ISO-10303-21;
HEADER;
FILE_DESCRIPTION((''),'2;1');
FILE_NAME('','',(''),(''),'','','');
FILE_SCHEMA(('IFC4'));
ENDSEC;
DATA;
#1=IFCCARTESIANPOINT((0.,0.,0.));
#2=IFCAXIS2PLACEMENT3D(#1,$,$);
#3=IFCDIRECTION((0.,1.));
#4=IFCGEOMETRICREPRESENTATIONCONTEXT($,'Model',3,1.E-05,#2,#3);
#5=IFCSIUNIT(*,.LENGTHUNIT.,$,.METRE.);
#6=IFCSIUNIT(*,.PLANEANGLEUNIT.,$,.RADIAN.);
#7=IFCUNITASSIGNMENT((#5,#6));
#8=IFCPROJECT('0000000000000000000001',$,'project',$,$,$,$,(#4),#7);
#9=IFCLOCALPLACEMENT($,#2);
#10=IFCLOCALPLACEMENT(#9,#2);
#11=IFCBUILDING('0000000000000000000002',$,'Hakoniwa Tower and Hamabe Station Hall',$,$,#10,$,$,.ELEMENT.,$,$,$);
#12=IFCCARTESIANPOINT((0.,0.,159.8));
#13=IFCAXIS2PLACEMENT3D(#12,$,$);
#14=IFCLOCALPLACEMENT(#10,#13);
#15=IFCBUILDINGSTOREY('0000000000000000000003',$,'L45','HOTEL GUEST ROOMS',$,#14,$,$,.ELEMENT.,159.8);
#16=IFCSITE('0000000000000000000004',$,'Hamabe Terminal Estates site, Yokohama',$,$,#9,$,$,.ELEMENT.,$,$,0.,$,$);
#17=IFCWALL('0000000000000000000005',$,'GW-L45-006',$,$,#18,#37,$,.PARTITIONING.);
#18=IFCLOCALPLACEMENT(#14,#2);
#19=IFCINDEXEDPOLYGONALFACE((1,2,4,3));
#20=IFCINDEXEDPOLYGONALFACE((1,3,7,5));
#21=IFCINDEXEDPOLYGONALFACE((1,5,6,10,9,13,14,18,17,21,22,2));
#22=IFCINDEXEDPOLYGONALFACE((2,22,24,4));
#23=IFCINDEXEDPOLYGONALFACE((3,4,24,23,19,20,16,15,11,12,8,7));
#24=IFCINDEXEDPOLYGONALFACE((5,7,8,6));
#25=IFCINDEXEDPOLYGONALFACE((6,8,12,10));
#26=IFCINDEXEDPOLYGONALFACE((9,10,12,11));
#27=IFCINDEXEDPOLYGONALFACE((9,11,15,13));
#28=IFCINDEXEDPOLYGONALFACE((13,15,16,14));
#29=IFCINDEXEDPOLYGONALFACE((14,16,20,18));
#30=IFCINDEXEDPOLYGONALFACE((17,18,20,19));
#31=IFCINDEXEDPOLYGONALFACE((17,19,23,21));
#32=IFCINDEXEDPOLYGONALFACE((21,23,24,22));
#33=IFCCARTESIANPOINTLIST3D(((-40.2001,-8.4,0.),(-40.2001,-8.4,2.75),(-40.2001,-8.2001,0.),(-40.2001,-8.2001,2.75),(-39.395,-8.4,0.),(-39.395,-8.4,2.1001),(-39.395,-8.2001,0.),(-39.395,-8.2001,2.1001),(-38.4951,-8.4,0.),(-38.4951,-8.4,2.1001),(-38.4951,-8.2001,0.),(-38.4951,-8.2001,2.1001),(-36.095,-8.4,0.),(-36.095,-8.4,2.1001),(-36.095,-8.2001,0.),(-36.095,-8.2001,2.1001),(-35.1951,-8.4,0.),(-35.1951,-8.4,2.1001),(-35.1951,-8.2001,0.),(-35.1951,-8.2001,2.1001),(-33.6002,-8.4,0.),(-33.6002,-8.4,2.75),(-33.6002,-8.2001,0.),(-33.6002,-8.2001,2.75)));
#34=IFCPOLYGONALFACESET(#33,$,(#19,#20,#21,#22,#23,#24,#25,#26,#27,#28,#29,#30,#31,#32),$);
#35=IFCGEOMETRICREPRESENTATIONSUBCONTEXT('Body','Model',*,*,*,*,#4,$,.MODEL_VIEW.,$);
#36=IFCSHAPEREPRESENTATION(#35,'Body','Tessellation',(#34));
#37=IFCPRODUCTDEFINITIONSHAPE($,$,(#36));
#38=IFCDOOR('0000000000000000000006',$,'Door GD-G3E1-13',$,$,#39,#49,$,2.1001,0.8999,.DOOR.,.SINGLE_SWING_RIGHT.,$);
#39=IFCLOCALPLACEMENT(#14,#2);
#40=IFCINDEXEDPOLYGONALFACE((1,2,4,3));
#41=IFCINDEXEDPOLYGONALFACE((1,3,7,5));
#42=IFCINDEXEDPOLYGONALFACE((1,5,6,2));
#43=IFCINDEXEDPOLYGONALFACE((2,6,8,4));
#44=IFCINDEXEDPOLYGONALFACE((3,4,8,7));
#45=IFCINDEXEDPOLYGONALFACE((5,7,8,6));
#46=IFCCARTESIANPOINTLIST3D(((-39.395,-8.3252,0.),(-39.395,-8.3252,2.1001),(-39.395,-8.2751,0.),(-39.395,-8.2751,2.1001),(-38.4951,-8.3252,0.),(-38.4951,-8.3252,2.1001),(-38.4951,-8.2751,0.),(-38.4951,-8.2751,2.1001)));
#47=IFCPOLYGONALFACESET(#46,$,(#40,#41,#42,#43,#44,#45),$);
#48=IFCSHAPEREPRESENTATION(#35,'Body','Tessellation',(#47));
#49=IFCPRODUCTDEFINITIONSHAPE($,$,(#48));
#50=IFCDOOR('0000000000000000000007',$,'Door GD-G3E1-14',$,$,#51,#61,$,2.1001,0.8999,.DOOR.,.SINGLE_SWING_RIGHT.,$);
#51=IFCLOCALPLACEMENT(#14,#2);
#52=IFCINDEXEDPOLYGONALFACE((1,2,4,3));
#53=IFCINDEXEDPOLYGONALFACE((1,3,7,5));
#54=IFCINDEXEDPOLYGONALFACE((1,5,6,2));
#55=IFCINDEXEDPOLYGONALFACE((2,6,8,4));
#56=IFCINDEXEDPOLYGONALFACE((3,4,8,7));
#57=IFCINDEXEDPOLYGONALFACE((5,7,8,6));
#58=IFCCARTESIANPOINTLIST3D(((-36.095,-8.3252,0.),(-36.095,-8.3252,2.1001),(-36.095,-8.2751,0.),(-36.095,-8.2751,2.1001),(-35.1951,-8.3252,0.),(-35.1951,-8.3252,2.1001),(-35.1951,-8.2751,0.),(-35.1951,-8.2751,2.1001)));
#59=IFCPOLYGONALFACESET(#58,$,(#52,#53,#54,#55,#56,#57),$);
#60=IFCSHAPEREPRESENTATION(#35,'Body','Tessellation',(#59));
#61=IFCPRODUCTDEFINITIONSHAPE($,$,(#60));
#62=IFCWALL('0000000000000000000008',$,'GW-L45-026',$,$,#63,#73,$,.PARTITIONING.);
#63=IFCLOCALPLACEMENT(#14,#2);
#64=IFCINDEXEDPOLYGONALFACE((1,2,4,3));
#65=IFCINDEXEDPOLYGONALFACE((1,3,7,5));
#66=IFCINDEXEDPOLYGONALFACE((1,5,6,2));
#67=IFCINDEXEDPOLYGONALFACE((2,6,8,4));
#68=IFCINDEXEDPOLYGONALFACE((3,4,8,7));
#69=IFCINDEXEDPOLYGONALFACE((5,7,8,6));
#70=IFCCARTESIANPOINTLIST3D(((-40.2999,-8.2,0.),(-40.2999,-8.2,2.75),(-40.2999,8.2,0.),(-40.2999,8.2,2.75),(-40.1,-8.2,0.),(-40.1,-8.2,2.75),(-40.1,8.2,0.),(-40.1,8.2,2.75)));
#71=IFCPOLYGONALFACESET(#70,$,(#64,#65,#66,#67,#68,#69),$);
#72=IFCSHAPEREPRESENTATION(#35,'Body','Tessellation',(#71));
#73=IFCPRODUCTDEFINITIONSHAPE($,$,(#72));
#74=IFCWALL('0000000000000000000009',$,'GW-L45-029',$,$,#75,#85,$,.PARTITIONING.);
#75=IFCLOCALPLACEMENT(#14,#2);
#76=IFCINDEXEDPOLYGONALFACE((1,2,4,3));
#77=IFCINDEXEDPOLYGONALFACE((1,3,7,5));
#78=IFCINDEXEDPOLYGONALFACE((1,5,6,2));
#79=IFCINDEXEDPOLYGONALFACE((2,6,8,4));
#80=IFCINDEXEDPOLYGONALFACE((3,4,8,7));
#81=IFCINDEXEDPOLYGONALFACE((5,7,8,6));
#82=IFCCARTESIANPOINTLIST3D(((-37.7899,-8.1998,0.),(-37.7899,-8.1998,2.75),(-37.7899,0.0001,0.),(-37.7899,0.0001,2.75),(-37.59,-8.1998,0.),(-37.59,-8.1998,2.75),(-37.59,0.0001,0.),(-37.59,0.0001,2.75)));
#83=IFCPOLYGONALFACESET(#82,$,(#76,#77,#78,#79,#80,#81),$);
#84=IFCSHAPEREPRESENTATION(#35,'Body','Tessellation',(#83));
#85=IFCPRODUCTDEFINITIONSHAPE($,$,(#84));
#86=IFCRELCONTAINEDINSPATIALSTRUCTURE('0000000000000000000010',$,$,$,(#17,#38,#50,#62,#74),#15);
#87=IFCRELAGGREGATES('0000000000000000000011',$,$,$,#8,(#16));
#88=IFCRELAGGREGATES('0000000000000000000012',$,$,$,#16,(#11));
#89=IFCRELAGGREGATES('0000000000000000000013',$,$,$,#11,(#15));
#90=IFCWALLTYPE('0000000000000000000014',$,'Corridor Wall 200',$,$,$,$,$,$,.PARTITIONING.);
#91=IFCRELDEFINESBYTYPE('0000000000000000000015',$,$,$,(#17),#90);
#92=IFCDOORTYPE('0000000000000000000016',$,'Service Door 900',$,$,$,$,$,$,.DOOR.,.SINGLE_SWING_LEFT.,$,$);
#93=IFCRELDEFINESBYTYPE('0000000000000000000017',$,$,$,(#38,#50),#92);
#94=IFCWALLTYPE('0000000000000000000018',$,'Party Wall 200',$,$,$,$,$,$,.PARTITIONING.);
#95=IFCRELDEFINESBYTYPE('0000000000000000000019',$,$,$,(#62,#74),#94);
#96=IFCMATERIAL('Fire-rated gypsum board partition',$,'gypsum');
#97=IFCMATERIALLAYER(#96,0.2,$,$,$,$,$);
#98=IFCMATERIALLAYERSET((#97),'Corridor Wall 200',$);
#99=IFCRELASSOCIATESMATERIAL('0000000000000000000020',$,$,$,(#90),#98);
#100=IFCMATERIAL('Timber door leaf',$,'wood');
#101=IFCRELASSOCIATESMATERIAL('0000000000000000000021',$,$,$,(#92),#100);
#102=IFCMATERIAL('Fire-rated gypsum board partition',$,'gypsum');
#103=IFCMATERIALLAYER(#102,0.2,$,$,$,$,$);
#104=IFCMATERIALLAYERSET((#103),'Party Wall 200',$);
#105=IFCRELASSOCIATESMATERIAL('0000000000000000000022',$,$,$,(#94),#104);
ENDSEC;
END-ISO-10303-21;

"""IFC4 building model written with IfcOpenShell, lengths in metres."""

from ifc_helpers import new_model, si_unit, direction, frame, frame_2d, origin, place, context, subcontext, project, spatial, rectangle, extrude, material, layer, layer_set, type_object, element, fill, save


model = new_model("IFC4")

# Units and contexts
model_context = context("Model", 3, precision=1e-05, world=origin(), true_north=direction((0.0, 1.0)))
body_context = subcontext(model_context, "Body", "Model", "MODEL_VIEW")
ifc_project = project(units=[si_unit("LENGTHUNIT", "METRE"), si_unit("PLANEANGLEUNIT", "RADIAN")], contexts=[model_context])

# Site, building, storey
site_placement = place(None, origin())
site = spatial("IfcSite", under=ifc_project, at=site_placement, Name="Hamabe Terminal Estates site, Yokohama", CompositionType="ELEMENT", RefElevation=0.0)
building_placement = place(site_placement, origin())
building = spatial("IfcBuilding", under=site, at=building_placement, Name="Hakoniwa Tower and Hamabe Station Hall", CompositionType="ELEMENT")
storey_placement = place(building_placement, frame((0.0, 0.0, 159.8)))
storey = spatial("IfcBuildingStorey", under=building, at=storey_placement, Name="L45", Description="HOTEL GUEST ROOMS", CompositionType="ELEMENT", Elevation=159.8)

# Wall, openings, doors
ifc_material_1 = material(Name="Fire-rated gypsum board partition", Category="gypsum")
ifc_layer_1 = layer(ifc_material_1, 0.2)
ifc_layer_set_1 = layer_set([ifc_layer_1], Name="Corridor Wall 200")
wall_type_1 = type_object("IfcWallType", Name="Corridor Wall 200", PredefinedType="PARTITIONING", material=ifc_layer_set_1)
wall_1_placement = place(storey_placement, frame((-40.2, -8.3, 0.0), z_axis=(0.0, 0.0, 1.0), x_axis=(1.0, 0.0, 0.0)))
wall_1 = element("IfcWall", 1, at=wall_1_placement, inside=storey, type_object=wall_type_1, Name="GW-L45-006", PredefinedType="PARTITIONING", context=body_context, shape_type="SweptSolid", body=[
    extrude(rectangle(XDim=6.5999, YDim=0.2, at=frame_2d((3.2998, 0.0))), origin(), (0.0, 0.0, 1.0), 2.75),
])
opening_1_placement = place(wall_1_placement, frame((0.8049, 0.0, 0.0)))
opening_1 = element("IfcOpeningElement", 2, at=opening_1_placement, cuts=wall_1, PredefinedType="OPENING", context=body_context, shape_type="SweptSolid", body=[
    extrude(rectangle(XDim=0.8999, YDim=2.1001, at=frame_2d((0.45, 1.05))), frame((0.0, 0.1099, 0.0), z_axis=(0.0, -1.0, 0.0), x_axis=(1.0, 0.0, 0.0)), (0.0, 0.0, 1.0), 0.22),
])
opening_2_placement = place(wall_1_placement, frame((4.105, 0.0, 0.0)))
opening_2 = element("IfcOpeningElement", 3, at=opening_2_placement, cuts=wall_1, PredefinedType="OPENING", context=body_context, shape_type="SweptSolid", body=[
    extrude(rectangle(XDim=0.8999, YDim=2.1001, at=frame_2d((0.45, 1.05))), frame((0.0, 0.1099, 0.0), z_axis=(0.0, -1.0, 0.0), x_axis=(1.0, 0.0, 0.0)), (0.0, 0.0, 1.0), 0.22),
])
ifc_material_2 = material(Name="Timber door leaf", Category="wood")
door_type_1 = type_object("IfcDoorType", Name="Service Door 900", OperationType="SINGLE_SWING_LEFT", PredefinedType="DOOR", material=ifc_material_2)
door_1_placement = place(opening_1_placement, origin())
door_1 = element("IfcDoor", 4, at=door_1_placement, inside=storey, type_object=door_type_1, Name="Door GD-G3E1-13", OperationType="SINGLE_SWING_RIGHT", OverallHeight=2.1001, OverallWidth=0.8999, PredefinedType="DOOR", context=body_context, shape_type="SweptSolid", body=[
    extrude(rectangle(XDim=0.8999, YDim=2.1001, at=frame_2d((0.45, 1.05))), frame((0.0, 0.0249, 0.0), z_axis=(0.0, -1.0, 0.0), x_axis=(1.0, 0.0, 0.0)), (0.0, 0.0, 1.0), 0.05),
])
fill(opening_1, door_1)
door_2_placement = place(opening_2_placement, origin())
door_2 = element("IfcDoor", 5, at=door_2_placement, inside=storey, type_object=door_type_1, Name="Door GD-G3E1-14", OperationType="SINGLE_SWING_RIGHT", OverallHeight=2.1001, OverallWidth=0.8999, PredefinedType="DOOR", context=body_context, shape_type="SweptSolid", body=[
    extrude(rectangle(XDim=0.8999, YDim=2.1001, at=frame_2d((0.45, 1.05))), frame((0.0, 0.0249, 0.0), z_axis=(0.0, -1.0, 0.0), x_axis=(1.0, 0.0, 0.0)), (0.0, 0.0, 1.0), 0.05),
])
fill(opening_2, door_2)

# Walls
ifc_material_3 = material(Name="Fire-rated gypsum board partition", Category="gypsum")
ifc_layer_2 = layer(ifc_material_3, 0.2)
ifc_layer_set_2 = layer_set([ifc_layer_2], Name="Party Wall 200")
wall_type_2 = type_object("IfcWallType", Name="Party Wall 200", PredefinedType="PARTITIONING", material=ifc_layer_set_2)
wall_2_placement = place(storey_placement, frame((-40.2, -8.2, 0.0), z_axis=(0.0, 0.0, 1.0), x_axis=(0.0, 1.0, 0.0)))
element("IfcWall", 6, at=wall_2_placement, inside=storey, type_object=wall_type_2, Name="GW-L45-026", PredefinedType="PARTITIONING", context=body_context, shape_type="SweptSolid", body=[
    extrude(rectangle(XDim=16.3999, YDim=0.2, at=frame_2d((8.2, 0.0))), origin(), (0.0, 0.0, 1.0), 2.75),
])
wall_3_placement = place(storey_placement, frame((-37.6899, -8.2, 0.0), z_axis=(0.0, 0.0, 1.0), x_axis=(0.0, 1.0, 0.0)))
element("IfcWall", 7, at=wall_3_placement, inside=storey, type_object=wall_type_2, Name="GW-L45-029", PredefinedType="PARTITIONING", context=body_context, shape_type="SweptSolid", body=[
    extrude(rectangle(XDim=8.2, YDim=0.2, at=frame_2d((4.1001, 0.0))), origin(), (0.0, 0.0, 1.0), 2.75),
])

save(model, "model.ifc")
